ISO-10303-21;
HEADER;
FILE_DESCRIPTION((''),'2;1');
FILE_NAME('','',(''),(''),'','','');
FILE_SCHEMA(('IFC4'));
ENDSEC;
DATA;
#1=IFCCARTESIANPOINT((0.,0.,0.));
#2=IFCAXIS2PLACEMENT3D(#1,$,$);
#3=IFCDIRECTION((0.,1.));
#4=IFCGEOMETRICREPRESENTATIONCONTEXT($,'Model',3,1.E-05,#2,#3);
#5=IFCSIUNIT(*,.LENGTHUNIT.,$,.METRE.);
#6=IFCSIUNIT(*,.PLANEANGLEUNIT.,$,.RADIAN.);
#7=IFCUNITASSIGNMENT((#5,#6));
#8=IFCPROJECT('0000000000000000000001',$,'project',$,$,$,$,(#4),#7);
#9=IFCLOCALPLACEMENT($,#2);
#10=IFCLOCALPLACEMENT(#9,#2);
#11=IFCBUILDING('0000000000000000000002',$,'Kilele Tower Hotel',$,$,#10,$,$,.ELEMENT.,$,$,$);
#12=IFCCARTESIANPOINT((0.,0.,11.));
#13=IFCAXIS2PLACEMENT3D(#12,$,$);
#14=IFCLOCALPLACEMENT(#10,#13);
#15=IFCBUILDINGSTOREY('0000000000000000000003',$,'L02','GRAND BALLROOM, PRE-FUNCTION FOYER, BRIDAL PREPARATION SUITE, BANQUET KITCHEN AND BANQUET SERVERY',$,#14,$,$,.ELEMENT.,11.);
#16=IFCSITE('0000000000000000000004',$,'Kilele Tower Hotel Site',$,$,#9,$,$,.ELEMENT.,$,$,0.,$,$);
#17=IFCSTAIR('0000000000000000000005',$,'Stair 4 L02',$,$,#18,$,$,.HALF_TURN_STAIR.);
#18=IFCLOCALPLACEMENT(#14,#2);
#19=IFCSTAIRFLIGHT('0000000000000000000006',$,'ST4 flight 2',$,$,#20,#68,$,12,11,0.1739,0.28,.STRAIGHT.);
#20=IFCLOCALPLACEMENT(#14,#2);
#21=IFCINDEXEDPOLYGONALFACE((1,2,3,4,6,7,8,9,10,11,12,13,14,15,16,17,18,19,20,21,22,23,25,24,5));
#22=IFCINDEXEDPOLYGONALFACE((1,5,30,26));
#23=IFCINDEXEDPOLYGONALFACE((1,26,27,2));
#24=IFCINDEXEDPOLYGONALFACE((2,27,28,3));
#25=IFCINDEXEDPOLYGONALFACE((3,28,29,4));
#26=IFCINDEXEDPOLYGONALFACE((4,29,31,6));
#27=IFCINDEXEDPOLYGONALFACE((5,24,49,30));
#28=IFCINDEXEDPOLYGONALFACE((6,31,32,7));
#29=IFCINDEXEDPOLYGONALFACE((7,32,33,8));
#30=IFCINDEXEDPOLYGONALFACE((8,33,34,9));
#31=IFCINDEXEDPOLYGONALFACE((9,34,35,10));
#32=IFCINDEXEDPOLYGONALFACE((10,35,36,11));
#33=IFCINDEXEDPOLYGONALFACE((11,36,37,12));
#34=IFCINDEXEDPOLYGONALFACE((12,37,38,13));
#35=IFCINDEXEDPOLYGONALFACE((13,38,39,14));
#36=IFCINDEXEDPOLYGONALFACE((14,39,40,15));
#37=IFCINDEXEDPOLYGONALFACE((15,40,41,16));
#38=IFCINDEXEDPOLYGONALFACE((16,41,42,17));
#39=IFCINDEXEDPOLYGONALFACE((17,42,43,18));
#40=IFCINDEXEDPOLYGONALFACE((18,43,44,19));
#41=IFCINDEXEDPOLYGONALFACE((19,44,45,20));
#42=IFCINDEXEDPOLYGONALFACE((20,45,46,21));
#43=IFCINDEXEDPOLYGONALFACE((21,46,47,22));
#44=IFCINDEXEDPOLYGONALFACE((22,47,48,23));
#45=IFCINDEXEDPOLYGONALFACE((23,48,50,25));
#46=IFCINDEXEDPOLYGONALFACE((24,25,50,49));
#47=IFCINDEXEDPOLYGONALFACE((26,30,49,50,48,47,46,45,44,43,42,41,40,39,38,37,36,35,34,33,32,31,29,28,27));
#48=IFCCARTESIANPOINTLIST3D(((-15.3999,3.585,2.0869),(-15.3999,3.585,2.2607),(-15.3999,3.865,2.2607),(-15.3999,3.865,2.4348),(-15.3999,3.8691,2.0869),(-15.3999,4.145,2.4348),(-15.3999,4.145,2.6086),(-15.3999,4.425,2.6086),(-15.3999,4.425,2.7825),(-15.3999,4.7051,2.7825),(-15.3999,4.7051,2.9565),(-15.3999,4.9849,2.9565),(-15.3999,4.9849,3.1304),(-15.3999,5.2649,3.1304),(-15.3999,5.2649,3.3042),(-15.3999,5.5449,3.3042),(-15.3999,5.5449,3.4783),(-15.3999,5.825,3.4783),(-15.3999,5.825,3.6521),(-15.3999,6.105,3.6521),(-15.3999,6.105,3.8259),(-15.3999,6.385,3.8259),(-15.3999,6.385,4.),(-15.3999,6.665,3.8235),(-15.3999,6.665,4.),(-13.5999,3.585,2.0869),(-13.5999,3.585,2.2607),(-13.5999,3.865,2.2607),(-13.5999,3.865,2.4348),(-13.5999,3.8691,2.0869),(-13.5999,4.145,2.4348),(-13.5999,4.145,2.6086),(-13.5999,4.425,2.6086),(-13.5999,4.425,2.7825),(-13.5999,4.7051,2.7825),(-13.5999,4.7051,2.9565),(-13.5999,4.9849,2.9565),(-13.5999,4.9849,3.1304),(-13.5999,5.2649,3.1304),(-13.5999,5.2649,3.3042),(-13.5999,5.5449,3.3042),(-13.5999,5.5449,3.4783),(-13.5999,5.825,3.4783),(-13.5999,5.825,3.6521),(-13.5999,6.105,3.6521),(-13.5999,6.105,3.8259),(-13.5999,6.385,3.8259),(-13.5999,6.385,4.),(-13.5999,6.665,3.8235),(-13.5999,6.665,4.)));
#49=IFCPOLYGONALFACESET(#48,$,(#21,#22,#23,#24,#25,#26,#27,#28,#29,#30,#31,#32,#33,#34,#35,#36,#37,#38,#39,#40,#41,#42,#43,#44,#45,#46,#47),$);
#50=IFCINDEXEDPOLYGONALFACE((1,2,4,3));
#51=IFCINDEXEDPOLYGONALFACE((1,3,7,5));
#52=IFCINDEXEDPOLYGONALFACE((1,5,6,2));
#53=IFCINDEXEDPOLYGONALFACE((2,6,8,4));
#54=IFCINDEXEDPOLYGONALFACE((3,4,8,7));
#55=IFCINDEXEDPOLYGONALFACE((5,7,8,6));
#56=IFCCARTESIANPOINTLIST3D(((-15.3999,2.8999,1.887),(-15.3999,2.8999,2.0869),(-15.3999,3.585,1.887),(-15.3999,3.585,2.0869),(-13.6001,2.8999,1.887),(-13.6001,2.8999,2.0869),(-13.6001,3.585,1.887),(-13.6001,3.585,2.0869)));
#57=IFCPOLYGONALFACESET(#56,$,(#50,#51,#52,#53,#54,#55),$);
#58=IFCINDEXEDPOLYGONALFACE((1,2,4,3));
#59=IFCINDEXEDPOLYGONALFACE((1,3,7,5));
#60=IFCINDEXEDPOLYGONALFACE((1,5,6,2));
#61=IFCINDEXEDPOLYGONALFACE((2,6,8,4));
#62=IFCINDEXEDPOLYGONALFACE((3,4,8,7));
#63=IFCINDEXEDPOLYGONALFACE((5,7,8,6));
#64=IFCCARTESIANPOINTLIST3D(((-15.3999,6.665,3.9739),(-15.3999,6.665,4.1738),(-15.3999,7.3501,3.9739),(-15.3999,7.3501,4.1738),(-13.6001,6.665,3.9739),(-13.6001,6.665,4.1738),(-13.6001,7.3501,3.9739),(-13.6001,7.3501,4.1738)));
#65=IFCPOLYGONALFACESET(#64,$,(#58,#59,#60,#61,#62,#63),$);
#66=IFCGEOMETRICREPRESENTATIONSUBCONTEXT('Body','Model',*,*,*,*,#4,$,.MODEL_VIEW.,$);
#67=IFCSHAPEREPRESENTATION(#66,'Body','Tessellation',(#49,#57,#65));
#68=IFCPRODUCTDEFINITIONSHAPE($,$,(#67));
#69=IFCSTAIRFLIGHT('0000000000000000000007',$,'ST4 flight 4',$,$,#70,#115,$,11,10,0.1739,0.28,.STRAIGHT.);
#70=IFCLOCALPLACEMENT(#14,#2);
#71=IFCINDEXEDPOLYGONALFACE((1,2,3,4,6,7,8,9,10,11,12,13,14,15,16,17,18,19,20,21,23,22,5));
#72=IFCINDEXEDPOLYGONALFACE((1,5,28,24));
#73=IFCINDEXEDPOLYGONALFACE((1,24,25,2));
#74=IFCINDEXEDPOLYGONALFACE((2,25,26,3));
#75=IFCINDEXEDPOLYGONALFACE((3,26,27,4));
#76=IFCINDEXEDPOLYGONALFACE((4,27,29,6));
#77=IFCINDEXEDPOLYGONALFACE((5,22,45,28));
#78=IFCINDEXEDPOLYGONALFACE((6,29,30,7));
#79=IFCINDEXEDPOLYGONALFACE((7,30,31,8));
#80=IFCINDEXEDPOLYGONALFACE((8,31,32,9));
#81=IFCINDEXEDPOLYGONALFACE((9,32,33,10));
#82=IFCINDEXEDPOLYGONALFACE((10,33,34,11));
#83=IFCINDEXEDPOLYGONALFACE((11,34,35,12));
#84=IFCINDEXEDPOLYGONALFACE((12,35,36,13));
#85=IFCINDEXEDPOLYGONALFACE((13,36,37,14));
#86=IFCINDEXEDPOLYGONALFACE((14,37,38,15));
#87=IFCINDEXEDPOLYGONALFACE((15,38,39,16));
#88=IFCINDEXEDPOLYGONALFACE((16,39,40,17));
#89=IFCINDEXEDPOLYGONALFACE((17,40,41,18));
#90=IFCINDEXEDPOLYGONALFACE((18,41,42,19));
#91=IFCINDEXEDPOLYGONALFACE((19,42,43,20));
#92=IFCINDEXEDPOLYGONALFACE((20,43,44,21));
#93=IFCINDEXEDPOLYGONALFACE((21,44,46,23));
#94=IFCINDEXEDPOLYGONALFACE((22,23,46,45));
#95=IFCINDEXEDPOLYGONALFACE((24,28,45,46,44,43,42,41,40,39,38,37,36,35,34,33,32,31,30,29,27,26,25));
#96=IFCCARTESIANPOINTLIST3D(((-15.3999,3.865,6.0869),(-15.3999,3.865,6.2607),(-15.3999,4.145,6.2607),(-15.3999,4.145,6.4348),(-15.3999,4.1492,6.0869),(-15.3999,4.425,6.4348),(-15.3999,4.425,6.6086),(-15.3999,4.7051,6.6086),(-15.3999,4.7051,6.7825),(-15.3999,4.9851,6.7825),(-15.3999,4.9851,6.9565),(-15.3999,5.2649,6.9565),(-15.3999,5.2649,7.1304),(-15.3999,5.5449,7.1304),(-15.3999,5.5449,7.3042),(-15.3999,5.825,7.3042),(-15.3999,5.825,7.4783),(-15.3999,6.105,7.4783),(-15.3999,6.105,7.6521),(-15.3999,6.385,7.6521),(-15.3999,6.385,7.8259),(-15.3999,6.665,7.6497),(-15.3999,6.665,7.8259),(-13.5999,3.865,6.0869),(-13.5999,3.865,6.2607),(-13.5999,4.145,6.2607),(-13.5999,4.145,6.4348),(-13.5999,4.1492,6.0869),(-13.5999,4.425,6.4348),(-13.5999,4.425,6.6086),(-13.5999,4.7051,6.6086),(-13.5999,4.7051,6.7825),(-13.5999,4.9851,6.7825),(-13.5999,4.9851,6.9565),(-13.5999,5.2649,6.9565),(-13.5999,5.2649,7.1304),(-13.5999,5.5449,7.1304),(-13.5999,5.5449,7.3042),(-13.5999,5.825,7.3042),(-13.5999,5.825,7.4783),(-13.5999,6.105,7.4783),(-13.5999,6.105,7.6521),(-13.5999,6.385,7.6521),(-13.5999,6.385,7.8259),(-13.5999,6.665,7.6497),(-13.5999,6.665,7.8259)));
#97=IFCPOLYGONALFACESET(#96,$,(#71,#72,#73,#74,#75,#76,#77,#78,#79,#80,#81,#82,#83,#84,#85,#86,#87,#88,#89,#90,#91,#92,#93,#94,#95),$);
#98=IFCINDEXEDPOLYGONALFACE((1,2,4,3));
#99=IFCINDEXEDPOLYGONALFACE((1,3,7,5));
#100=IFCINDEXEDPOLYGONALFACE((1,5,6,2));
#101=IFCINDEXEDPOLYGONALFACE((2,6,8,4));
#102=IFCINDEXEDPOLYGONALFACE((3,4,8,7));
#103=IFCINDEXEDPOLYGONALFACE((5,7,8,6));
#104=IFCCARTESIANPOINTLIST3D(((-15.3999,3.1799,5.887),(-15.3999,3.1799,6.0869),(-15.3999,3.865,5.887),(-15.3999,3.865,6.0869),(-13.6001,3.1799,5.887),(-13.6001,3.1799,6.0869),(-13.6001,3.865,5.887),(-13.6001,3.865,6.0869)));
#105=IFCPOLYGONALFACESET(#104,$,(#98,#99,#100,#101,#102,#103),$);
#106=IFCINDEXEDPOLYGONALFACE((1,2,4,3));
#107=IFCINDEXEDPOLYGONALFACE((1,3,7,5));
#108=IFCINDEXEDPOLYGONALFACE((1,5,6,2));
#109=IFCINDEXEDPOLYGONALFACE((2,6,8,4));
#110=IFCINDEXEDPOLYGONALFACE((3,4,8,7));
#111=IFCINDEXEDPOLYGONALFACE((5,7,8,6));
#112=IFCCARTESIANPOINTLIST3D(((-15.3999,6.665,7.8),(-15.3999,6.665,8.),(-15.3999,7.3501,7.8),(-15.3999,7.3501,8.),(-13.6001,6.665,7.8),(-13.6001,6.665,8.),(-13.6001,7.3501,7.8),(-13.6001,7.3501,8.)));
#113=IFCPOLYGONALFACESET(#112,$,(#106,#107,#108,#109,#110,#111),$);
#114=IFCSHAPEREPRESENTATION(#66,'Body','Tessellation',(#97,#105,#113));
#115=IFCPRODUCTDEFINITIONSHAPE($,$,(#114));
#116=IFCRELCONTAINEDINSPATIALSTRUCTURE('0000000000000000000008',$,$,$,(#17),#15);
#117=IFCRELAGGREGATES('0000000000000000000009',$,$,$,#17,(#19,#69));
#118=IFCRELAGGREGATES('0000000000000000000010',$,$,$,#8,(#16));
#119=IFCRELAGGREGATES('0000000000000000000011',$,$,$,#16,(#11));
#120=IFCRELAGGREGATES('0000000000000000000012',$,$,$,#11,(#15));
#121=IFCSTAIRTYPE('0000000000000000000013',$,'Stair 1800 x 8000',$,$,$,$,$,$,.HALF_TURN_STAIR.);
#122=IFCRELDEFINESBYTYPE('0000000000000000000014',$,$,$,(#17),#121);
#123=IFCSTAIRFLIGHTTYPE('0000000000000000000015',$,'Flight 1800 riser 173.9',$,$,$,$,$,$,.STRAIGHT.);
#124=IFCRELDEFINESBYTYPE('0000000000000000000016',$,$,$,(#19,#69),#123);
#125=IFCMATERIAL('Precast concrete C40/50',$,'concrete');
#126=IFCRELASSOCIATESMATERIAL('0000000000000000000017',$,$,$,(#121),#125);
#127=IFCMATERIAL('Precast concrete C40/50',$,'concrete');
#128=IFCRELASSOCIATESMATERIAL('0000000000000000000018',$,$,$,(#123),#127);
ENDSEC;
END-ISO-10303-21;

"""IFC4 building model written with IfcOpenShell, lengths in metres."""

from ifc_helpers import new_model, si_unit, direction, frame, origin, place, context, subcontext, project, spatial, polyline, outline, extrude, material, type_object, element, aggregate, save


model = new_model("IFC4")

# Units and contexts
model_context = context("Model", 3, precision=1e-05, world=origin(), true_north=direction((0.0, 1.0)))
body_context = subcontext(model_context, "Body", "Model", "MODEL_VIEW")
ifc_project = project(units=[si_unit("LENGTHUNIT", "METRE"), si_unit("PLANEANGLEUNIT", "RADIAN")], contexts=[model_context])

# Site, building, storey
site_placement = place(None, origin())
site = spatial("IfcSite", under=ifc_project, at=site_placement, Name="Kilele Tower Hotel Site", CompositionType="ELEMENT", RefElevation=0.0)
building_placement = place(site_placement, origin())
building = spatial("IfcBuilding", under=site, at=building_placement, Name="Kilele Tower Hotel", CompositionType="ELEMENT")
storey_placement = place(building_placement, frame((0.0, 0.0, 11.0)))
storey = spatial("IfcBuildingStorey", under=building, at=storey_placement, Name="L02", Description="GRAND BALLROOM, PRE-FUNCTION FOYER, BRIDAL PREPARATION SUITE, BANQUET KITCHEN AND BANQUET SERVERY", CompositionType="ELEMENT", Elevation=11.0)

# Stair, stair flights
ifc_material_1 = material(Name="Precast concrete C40/50", Category="concrete")
stair_type = type_object("IfcStairType", Name="Stair 1800 x 8000", PredefinedType="HALF_TURN_STAIR", material=ifc_material_1)
stair_placement = place(storey_placement, origin())
stair = element("IfcStair", 1, at=stair_placement, inside=storey, type_object=stair_type, Name="Stair 4 L02", PredefinedType="HALF_TURN_STAIR")
ifc_material_2 = material(Name="Precast concrete C40/50", Category="concrete")
stair_flight_type = type_object("IfcStairFlightType", Name="Flight 1800 riser 173.9", PredefinedType="STRAIGHT", material=ifc_material_2)
stair_flight_1_placement = place(storey_placement, frame((-14.5, 3.585, 2.0869), z_axis=(0.0, 0.0, 1.0), x_axis=(0.0, 1.0, 0.0)))
stair_flight_1 = element("IfcStairFlight", 2, at=stair_flight_1_placement, type_object=stair_flight_type, Name="ST4 flight 2", NumberOfRisers=12, NumberOfTreads=11, PredefinedType="STRAIGHT", RiserHeight=0.1739, TreadLength=0.28, context=body_context, shape_type="SweptSolid", body=[
    extrude(outline(polyline([(0.0, 0.0), (0.0, 0.1738), (0.28, 0.1738), (0.28, 0.3479), (0.5601, 0.3479), (0.5601, 0.5217), (0.8401, 0.5217), (0.8401, 0.6956), (1.1201, 0.6956), (1.1201, 0.8696), (1.3999, 0.8696), (1.3999, 1.0435), (1.6799, 1.0435), (1.6799, 1.2173), (1.96, 1.2173), (1.96, 1.3914), (2.24, 1.3914), (2.24, 1.5652), (2.52, 1.5652), (2.52, 1.739), (2.8, 1.739), (2.8, 1.9131), (3.0801, 1.9131), (3.0801, 2.0869), (3.0801, 1.7366), (0.2842, 0.0), (0.0, 0.0)])), frame((0.0, 0.8999, 0.0), z_axis=(0.0, -1.0, 0.0), x_axis=(1.0, 0.0, 0.0)), (0.0, 0.0, 1.0), 1.8),
    extrude(outline(polyline([(-0.6851, 0.8999), (-0.6851, -0.8999), (0.0, -0.8999), (0.0, 0.8999), (-0.6851, 0.8999)])), frame((0.0, 0.0, -0.2)), (0.0, 0.0, 1.0), 0.2),
    extrude(outline(polyline([(3.0801, 0.8999), (3.0801, -0.8999), (3.7651, -0.8999), (3.7651, 0.8999), (3.0801, 0.8999)])), frame((0.0, 0.0, 1.887)), (0.0, 0.0, 1.0), 0.2),
])
stair_flight_2_placement = place(storey_placement, frame((-14.5, 3.865, 6.0869), z_axis=(0.0, 0.0, 1.0), x_axis=(0.0, 1.0, 0.0)))
stair_flight_2 = element("IfcStairFlight", 3, at=stair_flight_2_placement, type_object=stair_flight_type, Name="ST4 flight 4", NumberOfRisers=11, NumberOfTreads=10, PredefinedType="STRAIGHT", RiserHeight=0.1739, TreadLength=0.28, context=body_context, shape_type="SweptSolid", body=[
    extrude(outline(polyline([(0.0, 0.0), (0.0, 0.1738), (0.28, 0.1738), (0.28, 0.3479), (0.5601, 0.3479), (0.5601, 0.5217), (0.8401, 0.5217), (0.8401, 0.6956), (1.1201, 0.6956), (1.1201, 0.8696), (1.3999, 0.8696), (1.3999, 1.0435), (1.6799, 1.0435), (1.6799, 1.2173), (1.96, 1.2173), (1.96, 1.3914), (2.24, 1.3914), (2.24, 1.5652), (2.52, 1.5652), (2.52, 1.739), (2.8, 1.739), (2.8, 1.9131), (2.8, 1.5627), (0.2842, 0.0), (0.0, 0.0)])), frame((0.0, 0.8999, 0.0), z_axis=(0.0, -1.0, 0.0), x_axis=(1.0, 0.0, 0.0)), (0.0, 0.0, 1.0), 1.8),
    extrude(outline(polyline([(-0.6851, 0.8999), (-0.6851, -0.8999), (0.0, -0.8999), (0.0, 0.8999), (-0.6851, 0.8999)])), frame((0.0, 0.0, -0.2)), (0.0, 0.0, 1.0), 0.2),
    extrude(outline(polyline([(2.8, 0.8999), (2.8, -0.8999), (3.4851, -0.8999), (3.4851, 0.8999), (2.8, 0.8999)])), frame((0.0, 0.0, 1.7131)), (0.0, 0.0, 1.0), 0.2),
])
aggregate(stair, [stair_flight_1, stair_flight_2])

save(model, "model.ifc")
